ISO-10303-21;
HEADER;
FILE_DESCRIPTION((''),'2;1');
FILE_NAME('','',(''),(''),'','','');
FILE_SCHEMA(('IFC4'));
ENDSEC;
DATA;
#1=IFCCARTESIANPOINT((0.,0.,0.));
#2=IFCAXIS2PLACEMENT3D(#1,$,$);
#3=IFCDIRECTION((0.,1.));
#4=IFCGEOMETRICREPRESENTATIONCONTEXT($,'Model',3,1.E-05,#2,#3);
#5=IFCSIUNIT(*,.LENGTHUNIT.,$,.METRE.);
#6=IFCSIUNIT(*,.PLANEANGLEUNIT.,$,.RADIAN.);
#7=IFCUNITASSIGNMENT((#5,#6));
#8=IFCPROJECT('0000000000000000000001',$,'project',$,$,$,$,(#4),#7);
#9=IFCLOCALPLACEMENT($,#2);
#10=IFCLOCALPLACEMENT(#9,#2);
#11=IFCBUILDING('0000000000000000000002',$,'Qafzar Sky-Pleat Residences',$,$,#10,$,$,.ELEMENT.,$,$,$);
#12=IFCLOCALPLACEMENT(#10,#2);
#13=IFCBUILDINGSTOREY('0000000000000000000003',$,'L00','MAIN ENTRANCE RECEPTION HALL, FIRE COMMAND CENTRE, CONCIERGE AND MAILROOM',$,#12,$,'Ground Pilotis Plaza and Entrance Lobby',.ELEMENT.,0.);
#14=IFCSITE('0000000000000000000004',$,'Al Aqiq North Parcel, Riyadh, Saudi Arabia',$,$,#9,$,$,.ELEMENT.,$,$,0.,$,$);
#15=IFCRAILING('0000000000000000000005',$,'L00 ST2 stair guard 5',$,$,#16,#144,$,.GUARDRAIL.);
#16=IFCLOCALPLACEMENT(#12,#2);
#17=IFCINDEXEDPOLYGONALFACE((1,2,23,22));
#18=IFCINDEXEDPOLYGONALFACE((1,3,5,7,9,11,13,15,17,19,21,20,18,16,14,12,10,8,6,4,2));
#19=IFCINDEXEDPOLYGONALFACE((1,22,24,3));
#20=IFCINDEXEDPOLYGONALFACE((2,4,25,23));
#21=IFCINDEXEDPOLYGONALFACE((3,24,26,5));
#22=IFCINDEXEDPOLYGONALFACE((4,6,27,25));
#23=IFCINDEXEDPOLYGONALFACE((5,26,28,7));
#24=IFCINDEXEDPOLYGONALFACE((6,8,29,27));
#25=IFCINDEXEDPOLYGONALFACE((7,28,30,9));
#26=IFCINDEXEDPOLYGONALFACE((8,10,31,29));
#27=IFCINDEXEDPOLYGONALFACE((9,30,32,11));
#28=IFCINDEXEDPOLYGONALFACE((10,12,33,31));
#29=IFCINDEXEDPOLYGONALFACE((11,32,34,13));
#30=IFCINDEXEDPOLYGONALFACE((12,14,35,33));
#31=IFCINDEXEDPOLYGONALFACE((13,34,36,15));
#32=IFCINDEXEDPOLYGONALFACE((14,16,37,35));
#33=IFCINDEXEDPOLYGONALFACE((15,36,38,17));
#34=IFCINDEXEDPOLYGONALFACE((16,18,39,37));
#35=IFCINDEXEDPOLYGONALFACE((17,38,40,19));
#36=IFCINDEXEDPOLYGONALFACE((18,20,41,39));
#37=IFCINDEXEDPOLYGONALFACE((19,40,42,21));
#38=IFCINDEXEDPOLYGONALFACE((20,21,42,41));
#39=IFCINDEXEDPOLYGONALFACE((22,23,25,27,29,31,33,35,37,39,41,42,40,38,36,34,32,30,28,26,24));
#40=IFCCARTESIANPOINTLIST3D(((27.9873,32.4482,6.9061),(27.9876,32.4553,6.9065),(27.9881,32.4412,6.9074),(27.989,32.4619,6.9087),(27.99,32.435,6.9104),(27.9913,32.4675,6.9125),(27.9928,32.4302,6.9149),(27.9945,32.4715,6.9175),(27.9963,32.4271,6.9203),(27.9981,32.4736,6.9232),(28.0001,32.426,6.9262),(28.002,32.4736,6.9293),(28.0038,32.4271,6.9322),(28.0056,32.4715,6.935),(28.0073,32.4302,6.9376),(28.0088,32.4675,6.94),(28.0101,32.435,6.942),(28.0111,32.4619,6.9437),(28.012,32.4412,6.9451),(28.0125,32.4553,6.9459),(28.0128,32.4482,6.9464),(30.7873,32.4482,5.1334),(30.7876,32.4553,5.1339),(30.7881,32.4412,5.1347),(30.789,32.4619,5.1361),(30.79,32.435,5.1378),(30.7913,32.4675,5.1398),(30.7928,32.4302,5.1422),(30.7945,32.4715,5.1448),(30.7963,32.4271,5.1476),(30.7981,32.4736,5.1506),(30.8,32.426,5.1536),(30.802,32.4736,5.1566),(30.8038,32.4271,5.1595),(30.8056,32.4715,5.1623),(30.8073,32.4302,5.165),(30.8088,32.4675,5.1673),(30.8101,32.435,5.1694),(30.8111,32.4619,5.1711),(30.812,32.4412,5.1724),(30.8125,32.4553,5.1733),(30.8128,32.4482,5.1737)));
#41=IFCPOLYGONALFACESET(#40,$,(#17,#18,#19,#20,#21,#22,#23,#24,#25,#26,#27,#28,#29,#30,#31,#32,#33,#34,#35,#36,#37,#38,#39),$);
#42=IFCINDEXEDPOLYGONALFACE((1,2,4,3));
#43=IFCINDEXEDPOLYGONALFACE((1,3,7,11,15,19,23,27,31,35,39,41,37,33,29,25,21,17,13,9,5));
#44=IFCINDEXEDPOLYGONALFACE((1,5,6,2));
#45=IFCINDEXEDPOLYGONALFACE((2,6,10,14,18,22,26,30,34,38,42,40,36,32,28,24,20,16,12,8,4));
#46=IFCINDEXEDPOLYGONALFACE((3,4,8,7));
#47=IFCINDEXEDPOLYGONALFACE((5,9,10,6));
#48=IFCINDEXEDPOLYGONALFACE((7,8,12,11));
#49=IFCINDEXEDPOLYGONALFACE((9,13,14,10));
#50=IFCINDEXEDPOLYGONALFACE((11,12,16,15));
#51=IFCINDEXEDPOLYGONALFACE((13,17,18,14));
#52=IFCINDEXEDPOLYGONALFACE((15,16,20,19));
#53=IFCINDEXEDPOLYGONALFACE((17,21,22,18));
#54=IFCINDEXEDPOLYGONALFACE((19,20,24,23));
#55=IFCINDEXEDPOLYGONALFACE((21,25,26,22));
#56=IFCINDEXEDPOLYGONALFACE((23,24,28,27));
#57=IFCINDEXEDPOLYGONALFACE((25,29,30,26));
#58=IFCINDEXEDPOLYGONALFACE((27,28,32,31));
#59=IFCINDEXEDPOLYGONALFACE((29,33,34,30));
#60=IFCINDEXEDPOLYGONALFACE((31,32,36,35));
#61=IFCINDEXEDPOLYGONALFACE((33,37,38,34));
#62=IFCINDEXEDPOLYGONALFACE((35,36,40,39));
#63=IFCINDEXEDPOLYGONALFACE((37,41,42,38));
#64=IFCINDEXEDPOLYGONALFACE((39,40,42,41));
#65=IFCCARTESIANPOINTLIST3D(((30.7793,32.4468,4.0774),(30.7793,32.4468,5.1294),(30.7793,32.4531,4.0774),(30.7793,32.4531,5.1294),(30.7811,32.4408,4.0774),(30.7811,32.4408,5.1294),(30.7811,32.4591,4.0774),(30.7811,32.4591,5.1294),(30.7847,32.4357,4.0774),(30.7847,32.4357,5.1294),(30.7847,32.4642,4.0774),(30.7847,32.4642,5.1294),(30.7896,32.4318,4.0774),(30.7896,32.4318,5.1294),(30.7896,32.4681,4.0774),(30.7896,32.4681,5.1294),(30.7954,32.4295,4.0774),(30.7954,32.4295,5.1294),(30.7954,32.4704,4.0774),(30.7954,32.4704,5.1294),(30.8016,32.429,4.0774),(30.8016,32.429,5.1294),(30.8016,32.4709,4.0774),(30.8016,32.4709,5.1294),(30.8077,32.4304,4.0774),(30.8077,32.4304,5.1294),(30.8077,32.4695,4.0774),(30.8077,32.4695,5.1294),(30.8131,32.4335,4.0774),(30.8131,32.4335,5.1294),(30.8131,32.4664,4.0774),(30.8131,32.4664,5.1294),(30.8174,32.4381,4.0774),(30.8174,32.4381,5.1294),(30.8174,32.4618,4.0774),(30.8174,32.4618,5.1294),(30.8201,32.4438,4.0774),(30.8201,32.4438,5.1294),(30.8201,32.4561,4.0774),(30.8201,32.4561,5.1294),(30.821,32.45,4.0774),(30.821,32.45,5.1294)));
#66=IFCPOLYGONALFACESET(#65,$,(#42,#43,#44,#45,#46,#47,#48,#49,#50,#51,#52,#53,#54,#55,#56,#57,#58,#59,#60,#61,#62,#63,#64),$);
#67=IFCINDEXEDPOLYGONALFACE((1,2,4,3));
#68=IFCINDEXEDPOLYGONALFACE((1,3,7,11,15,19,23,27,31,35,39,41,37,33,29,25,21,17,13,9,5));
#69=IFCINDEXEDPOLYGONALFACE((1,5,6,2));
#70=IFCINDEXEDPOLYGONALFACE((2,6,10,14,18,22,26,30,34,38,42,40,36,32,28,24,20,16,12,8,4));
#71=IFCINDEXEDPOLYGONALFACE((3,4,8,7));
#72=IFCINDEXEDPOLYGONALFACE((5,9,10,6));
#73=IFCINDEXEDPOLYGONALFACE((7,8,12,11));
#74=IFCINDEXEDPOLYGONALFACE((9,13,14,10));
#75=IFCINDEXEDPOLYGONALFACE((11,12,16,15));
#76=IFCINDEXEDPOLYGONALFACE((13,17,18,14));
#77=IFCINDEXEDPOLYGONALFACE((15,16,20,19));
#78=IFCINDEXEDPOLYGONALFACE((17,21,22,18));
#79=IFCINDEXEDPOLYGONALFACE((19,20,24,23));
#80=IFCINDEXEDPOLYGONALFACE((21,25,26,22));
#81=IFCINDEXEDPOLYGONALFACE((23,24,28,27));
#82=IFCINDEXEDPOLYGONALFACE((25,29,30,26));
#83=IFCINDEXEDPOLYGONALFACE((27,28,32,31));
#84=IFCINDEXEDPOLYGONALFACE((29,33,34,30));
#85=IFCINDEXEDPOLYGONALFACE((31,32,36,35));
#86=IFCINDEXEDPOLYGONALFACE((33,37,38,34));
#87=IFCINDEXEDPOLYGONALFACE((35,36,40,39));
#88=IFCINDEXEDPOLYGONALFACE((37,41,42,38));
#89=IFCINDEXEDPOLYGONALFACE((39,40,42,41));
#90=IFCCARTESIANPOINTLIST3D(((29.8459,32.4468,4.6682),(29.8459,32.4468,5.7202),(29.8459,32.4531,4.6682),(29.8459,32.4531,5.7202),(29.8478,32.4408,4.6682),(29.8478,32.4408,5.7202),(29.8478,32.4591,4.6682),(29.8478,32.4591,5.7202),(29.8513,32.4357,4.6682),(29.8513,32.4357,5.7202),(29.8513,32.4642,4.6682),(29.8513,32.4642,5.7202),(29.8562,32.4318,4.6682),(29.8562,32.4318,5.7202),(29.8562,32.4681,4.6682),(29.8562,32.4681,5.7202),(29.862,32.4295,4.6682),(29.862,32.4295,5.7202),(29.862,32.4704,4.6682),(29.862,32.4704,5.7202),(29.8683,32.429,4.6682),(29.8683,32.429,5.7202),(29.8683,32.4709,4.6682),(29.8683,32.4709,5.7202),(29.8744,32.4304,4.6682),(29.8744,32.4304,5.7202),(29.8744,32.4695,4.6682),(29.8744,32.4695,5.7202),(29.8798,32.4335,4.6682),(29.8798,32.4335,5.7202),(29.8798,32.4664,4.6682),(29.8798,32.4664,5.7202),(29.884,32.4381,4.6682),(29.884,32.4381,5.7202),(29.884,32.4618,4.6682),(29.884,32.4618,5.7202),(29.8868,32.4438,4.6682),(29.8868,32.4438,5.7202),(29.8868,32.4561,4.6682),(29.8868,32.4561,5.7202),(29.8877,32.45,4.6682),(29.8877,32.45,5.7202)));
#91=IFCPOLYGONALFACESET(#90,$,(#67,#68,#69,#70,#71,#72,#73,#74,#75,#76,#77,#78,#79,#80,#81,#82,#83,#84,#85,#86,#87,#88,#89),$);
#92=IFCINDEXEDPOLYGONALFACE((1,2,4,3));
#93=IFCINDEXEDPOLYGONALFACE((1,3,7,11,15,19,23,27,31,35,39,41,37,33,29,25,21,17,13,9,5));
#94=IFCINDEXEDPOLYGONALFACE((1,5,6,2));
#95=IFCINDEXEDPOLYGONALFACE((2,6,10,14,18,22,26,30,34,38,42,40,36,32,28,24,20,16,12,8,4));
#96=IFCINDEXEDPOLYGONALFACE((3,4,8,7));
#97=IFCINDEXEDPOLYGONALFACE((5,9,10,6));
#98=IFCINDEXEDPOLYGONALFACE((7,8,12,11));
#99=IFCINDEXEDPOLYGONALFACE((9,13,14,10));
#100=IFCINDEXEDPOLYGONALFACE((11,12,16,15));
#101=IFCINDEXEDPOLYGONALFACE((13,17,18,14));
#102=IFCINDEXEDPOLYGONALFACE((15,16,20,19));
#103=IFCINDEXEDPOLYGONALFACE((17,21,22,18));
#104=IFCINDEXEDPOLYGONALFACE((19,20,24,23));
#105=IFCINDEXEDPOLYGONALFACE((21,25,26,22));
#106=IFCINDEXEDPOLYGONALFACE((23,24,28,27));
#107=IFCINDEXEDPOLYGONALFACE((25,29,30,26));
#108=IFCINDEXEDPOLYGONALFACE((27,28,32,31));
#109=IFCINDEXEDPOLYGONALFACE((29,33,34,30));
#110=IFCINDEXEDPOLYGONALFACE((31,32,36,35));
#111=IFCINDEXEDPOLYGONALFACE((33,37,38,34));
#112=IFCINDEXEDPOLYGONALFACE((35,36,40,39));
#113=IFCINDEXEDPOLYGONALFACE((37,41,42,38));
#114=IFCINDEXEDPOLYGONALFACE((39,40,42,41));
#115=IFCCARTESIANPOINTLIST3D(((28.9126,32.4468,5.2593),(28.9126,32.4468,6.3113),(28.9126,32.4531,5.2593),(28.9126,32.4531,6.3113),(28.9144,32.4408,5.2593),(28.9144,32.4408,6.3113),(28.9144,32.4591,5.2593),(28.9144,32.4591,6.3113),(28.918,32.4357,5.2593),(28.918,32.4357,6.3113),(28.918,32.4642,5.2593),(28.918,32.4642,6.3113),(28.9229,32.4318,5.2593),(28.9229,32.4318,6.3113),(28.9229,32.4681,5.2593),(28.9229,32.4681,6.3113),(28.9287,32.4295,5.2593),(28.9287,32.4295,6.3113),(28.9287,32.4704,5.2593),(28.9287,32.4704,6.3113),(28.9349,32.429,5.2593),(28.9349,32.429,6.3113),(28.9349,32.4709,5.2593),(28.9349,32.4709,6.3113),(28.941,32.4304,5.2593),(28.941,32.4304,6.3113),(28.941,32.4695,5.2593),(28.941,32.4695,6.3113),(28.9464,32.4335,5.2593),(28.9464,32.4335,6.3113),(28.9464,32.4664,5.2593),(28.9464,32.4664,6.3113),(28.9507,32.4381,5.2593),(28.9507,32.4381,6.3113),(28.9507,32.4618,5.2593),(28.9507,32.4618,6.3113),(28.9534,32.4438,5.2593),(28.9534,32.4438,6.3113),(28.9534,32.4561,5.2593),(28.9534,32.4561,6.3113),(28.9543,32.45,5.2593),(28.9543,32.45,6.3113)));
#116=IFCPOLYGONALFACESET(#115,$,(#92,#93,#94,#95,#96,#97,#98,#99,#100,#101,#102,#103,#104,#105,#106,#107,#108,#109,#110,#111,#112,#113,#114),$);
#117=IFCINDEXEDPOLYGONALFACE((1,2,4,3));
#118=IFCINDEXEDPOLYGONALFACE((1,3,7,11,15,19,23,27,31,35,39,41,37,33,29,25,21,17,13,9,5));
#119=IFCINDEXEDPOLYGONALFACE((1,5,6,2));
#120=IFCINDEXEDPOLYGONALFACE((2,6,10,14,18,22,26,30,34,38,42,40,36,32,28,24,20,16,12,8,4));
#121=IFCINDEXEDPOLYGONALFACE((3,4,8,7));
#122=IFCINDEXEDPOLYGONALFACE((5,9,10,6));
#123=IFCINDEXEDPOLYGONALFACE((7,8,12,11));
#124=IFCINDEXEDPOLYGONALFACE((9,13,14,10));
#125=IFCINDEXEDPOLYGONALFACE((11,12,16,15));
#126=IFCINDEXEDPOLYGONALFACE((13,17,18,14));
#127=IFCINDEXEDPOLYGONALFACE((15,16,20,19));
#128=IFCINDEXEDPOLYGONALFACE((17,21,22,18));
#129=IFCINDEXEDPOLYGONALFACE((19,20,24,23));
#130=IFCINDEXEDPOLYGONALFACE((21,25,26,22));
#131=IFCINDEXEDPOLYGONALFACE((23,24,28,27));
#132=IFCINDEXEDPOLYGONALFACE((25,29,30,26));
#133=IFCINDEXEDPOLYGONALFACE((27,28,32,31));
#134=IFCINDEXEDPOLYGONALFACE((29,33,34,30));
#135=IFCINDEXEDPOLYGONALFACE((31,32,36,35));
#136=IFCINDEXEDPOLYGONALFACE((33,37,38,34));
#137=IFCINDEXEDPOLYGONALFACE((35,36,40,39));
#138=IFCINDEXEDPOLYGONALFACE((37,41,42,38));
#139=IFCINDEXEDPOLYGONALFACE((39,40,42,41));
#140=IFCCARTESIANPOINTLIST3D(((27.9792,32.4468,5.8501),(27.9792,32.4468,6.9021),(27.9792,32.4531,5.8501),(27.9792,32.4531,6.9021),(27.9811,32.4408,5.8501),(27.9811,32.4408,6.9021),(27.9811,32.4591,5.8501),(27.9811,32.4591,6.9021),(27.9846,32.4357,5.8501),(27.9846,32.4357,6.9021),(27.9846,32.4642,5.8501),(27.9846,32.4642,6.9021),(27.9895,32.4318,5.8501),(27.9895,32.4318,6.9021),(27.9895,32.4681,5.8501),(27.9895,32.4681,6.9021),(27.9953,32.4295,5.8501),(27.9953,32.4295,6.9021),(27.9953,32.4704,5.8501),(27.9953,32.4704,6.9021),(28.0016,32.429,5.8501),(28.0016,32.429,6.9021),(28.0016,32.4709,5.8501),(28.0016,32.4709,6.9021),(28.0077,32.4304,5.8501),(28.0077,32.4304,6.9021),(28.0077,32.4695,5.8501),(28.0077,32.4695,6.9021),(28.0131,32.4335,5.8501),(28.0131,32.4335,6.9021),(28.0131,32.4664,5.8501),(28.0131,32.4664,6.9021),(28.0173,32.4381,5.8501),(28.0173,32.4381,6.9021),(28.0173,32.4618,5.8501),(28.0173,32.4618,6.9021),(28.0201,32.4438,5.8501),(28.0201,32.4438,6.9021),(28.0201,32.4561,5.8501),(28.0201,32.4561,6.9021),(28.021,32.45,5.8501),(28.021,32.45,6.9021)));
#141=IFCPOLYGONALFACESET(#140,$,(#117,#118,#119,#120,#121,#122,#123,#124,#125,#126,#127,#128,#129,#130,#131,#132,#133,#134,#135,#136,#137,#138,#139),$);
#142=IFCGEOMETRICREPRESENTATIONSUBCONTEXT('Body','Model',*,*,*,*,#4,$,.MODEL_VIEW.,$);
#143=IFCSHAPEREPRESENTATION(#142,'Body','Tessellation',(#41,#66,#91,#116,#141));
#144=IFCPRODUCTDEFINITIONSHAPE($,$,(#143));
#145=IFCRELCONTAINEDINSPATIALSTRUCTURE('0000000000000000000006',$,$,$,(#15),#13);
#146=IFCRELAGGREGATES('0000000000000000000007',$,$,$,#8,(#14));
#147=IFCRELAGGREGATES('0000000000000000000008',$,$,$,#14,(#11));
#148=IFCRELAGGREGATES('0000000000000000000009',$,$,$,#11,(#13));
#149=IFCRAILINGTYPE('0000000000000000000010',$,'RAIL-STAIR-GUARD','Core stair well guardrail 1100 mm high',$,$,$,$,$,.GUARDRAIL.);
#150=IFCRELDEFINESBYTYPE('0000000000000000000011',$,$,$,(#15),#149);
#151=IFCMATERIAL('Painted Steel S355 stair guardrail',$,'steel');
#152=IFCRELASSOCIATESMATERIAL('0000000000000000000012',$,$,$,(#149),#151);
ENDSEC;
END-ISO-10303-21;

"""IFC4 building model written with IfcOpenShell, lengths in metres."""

from ifc_helpers import new_model, si_unit, direction, frame, origin, origin_2d, place, context, subcontext, project, spatial, circle, extrude, source, transform, mapped, material, type_object, element, save


model = new_model("IFC4")

# Units and contexts
model_context = context("Model", 3, precision=1e-05, world=origin(), true_north=direction((0.0, 1.0)))
body_context = subcontext(model_context, "Body", "Model", "MODEL_VIEW")
ifc_project = project(units=[si_unit("LENGTHUNIT", "METRE"), si_unit("PLANEANGLEUNIT", "RADIAN")], contexts=[model_context])

# Site, building, storey
site_placement = place(None, origin())
site = spatial("IfcSite", under=ifc_project, at=site_placement, Name="Al Aqiq North Parcel, Riyadh, Saudi Arabia", CompositionType="ELEMENT", RefElevation=0.0)
building_placement = place(site_placement, origin())
building = spatial("IfcBuilding", under=site, at=building_placement, Name="Qafzar Sky-Pleat Residences", CompositionType="ELEMENT")
storey_placement = place(building_placement, origin())
storey = spatial("IfcBuildingStorey", under=building, at=storey_placement, Name="L00", Description="MAIN ENTRANCE RECEPTION HALL, FIRE COMMAND CENTRE, CONCIERGE AND MAILROOM", LongName="Ground Pilotis Plaza and Entrance Lobby", CompositionType="ELEMENT", Elevation=0.0)

# Railing
ifc_material_1 = material(Name="Painted Steel S355 stair guardrail", Category="steel")
railing_type_1 = type_object("IfcRailingType", Name="RAIL-STAIR-GUARD", Description="Core stair well guardrail 1100 mm high", PredefinedType="GUARDRAIL", material=ifc_material_1)
shared_shape_1 = source(origin(), body_context, "Body", "SweptSolid", [
    extrude(circle(Radius=0.0239, at=origin_2d()), frame((0.0, 0.0, 1.0762), z_axis=(-0.844909, 0.0, 0.53491), x_axis=(0.0, -1.0, 0.0)), (0.0, 0.0, 1.0), 3.314),
    extrude(circle(Radius=0.021, at=origin_2d()), origin(), (0.0, 0.0, 1.0), 1.052),
    extrude(circle(Radius=0.021, at=origin_2d()), frame((-0.9333, 0.0, 0.5908)), (0.0, 0.0, 1.0), 1.052),
    extrude(circle(Radius=0.021, at=origin_2d()), frame((-1.8667, 0.0, 1.1819)), (0.0, 0.0, 1.0), 1.052),
    extrude(circle(Radius=0.021, at=origin_2d()), frame((-2.8, 0.0, 1.7727)), (0.0, 0.0, 1.0), 1.052),
])
for number, where, name in (
    (1, (30.8, 32.45, 4.0774), "L00 ST2 stair guard 5"),
):
    element("IfcRailing", number, at=place(storey_placement, frame(where)), inside=storey, type_object=railing_type_1, Name=name, PredefinedType="GUARDRAIL", context=body_context, shape_type="MappedRepresentation", body=[
        mapped(shared_shape_1, transform((0.0, 0.0, 0.0), x_axis=(1.0, 0.0, 0.0), y_axis=(0.0, 1.0, 0.0), z_axis=(0.0, 0.0, 1.0), scale=1.0)),
    ])

save(model, "model.ifc")
